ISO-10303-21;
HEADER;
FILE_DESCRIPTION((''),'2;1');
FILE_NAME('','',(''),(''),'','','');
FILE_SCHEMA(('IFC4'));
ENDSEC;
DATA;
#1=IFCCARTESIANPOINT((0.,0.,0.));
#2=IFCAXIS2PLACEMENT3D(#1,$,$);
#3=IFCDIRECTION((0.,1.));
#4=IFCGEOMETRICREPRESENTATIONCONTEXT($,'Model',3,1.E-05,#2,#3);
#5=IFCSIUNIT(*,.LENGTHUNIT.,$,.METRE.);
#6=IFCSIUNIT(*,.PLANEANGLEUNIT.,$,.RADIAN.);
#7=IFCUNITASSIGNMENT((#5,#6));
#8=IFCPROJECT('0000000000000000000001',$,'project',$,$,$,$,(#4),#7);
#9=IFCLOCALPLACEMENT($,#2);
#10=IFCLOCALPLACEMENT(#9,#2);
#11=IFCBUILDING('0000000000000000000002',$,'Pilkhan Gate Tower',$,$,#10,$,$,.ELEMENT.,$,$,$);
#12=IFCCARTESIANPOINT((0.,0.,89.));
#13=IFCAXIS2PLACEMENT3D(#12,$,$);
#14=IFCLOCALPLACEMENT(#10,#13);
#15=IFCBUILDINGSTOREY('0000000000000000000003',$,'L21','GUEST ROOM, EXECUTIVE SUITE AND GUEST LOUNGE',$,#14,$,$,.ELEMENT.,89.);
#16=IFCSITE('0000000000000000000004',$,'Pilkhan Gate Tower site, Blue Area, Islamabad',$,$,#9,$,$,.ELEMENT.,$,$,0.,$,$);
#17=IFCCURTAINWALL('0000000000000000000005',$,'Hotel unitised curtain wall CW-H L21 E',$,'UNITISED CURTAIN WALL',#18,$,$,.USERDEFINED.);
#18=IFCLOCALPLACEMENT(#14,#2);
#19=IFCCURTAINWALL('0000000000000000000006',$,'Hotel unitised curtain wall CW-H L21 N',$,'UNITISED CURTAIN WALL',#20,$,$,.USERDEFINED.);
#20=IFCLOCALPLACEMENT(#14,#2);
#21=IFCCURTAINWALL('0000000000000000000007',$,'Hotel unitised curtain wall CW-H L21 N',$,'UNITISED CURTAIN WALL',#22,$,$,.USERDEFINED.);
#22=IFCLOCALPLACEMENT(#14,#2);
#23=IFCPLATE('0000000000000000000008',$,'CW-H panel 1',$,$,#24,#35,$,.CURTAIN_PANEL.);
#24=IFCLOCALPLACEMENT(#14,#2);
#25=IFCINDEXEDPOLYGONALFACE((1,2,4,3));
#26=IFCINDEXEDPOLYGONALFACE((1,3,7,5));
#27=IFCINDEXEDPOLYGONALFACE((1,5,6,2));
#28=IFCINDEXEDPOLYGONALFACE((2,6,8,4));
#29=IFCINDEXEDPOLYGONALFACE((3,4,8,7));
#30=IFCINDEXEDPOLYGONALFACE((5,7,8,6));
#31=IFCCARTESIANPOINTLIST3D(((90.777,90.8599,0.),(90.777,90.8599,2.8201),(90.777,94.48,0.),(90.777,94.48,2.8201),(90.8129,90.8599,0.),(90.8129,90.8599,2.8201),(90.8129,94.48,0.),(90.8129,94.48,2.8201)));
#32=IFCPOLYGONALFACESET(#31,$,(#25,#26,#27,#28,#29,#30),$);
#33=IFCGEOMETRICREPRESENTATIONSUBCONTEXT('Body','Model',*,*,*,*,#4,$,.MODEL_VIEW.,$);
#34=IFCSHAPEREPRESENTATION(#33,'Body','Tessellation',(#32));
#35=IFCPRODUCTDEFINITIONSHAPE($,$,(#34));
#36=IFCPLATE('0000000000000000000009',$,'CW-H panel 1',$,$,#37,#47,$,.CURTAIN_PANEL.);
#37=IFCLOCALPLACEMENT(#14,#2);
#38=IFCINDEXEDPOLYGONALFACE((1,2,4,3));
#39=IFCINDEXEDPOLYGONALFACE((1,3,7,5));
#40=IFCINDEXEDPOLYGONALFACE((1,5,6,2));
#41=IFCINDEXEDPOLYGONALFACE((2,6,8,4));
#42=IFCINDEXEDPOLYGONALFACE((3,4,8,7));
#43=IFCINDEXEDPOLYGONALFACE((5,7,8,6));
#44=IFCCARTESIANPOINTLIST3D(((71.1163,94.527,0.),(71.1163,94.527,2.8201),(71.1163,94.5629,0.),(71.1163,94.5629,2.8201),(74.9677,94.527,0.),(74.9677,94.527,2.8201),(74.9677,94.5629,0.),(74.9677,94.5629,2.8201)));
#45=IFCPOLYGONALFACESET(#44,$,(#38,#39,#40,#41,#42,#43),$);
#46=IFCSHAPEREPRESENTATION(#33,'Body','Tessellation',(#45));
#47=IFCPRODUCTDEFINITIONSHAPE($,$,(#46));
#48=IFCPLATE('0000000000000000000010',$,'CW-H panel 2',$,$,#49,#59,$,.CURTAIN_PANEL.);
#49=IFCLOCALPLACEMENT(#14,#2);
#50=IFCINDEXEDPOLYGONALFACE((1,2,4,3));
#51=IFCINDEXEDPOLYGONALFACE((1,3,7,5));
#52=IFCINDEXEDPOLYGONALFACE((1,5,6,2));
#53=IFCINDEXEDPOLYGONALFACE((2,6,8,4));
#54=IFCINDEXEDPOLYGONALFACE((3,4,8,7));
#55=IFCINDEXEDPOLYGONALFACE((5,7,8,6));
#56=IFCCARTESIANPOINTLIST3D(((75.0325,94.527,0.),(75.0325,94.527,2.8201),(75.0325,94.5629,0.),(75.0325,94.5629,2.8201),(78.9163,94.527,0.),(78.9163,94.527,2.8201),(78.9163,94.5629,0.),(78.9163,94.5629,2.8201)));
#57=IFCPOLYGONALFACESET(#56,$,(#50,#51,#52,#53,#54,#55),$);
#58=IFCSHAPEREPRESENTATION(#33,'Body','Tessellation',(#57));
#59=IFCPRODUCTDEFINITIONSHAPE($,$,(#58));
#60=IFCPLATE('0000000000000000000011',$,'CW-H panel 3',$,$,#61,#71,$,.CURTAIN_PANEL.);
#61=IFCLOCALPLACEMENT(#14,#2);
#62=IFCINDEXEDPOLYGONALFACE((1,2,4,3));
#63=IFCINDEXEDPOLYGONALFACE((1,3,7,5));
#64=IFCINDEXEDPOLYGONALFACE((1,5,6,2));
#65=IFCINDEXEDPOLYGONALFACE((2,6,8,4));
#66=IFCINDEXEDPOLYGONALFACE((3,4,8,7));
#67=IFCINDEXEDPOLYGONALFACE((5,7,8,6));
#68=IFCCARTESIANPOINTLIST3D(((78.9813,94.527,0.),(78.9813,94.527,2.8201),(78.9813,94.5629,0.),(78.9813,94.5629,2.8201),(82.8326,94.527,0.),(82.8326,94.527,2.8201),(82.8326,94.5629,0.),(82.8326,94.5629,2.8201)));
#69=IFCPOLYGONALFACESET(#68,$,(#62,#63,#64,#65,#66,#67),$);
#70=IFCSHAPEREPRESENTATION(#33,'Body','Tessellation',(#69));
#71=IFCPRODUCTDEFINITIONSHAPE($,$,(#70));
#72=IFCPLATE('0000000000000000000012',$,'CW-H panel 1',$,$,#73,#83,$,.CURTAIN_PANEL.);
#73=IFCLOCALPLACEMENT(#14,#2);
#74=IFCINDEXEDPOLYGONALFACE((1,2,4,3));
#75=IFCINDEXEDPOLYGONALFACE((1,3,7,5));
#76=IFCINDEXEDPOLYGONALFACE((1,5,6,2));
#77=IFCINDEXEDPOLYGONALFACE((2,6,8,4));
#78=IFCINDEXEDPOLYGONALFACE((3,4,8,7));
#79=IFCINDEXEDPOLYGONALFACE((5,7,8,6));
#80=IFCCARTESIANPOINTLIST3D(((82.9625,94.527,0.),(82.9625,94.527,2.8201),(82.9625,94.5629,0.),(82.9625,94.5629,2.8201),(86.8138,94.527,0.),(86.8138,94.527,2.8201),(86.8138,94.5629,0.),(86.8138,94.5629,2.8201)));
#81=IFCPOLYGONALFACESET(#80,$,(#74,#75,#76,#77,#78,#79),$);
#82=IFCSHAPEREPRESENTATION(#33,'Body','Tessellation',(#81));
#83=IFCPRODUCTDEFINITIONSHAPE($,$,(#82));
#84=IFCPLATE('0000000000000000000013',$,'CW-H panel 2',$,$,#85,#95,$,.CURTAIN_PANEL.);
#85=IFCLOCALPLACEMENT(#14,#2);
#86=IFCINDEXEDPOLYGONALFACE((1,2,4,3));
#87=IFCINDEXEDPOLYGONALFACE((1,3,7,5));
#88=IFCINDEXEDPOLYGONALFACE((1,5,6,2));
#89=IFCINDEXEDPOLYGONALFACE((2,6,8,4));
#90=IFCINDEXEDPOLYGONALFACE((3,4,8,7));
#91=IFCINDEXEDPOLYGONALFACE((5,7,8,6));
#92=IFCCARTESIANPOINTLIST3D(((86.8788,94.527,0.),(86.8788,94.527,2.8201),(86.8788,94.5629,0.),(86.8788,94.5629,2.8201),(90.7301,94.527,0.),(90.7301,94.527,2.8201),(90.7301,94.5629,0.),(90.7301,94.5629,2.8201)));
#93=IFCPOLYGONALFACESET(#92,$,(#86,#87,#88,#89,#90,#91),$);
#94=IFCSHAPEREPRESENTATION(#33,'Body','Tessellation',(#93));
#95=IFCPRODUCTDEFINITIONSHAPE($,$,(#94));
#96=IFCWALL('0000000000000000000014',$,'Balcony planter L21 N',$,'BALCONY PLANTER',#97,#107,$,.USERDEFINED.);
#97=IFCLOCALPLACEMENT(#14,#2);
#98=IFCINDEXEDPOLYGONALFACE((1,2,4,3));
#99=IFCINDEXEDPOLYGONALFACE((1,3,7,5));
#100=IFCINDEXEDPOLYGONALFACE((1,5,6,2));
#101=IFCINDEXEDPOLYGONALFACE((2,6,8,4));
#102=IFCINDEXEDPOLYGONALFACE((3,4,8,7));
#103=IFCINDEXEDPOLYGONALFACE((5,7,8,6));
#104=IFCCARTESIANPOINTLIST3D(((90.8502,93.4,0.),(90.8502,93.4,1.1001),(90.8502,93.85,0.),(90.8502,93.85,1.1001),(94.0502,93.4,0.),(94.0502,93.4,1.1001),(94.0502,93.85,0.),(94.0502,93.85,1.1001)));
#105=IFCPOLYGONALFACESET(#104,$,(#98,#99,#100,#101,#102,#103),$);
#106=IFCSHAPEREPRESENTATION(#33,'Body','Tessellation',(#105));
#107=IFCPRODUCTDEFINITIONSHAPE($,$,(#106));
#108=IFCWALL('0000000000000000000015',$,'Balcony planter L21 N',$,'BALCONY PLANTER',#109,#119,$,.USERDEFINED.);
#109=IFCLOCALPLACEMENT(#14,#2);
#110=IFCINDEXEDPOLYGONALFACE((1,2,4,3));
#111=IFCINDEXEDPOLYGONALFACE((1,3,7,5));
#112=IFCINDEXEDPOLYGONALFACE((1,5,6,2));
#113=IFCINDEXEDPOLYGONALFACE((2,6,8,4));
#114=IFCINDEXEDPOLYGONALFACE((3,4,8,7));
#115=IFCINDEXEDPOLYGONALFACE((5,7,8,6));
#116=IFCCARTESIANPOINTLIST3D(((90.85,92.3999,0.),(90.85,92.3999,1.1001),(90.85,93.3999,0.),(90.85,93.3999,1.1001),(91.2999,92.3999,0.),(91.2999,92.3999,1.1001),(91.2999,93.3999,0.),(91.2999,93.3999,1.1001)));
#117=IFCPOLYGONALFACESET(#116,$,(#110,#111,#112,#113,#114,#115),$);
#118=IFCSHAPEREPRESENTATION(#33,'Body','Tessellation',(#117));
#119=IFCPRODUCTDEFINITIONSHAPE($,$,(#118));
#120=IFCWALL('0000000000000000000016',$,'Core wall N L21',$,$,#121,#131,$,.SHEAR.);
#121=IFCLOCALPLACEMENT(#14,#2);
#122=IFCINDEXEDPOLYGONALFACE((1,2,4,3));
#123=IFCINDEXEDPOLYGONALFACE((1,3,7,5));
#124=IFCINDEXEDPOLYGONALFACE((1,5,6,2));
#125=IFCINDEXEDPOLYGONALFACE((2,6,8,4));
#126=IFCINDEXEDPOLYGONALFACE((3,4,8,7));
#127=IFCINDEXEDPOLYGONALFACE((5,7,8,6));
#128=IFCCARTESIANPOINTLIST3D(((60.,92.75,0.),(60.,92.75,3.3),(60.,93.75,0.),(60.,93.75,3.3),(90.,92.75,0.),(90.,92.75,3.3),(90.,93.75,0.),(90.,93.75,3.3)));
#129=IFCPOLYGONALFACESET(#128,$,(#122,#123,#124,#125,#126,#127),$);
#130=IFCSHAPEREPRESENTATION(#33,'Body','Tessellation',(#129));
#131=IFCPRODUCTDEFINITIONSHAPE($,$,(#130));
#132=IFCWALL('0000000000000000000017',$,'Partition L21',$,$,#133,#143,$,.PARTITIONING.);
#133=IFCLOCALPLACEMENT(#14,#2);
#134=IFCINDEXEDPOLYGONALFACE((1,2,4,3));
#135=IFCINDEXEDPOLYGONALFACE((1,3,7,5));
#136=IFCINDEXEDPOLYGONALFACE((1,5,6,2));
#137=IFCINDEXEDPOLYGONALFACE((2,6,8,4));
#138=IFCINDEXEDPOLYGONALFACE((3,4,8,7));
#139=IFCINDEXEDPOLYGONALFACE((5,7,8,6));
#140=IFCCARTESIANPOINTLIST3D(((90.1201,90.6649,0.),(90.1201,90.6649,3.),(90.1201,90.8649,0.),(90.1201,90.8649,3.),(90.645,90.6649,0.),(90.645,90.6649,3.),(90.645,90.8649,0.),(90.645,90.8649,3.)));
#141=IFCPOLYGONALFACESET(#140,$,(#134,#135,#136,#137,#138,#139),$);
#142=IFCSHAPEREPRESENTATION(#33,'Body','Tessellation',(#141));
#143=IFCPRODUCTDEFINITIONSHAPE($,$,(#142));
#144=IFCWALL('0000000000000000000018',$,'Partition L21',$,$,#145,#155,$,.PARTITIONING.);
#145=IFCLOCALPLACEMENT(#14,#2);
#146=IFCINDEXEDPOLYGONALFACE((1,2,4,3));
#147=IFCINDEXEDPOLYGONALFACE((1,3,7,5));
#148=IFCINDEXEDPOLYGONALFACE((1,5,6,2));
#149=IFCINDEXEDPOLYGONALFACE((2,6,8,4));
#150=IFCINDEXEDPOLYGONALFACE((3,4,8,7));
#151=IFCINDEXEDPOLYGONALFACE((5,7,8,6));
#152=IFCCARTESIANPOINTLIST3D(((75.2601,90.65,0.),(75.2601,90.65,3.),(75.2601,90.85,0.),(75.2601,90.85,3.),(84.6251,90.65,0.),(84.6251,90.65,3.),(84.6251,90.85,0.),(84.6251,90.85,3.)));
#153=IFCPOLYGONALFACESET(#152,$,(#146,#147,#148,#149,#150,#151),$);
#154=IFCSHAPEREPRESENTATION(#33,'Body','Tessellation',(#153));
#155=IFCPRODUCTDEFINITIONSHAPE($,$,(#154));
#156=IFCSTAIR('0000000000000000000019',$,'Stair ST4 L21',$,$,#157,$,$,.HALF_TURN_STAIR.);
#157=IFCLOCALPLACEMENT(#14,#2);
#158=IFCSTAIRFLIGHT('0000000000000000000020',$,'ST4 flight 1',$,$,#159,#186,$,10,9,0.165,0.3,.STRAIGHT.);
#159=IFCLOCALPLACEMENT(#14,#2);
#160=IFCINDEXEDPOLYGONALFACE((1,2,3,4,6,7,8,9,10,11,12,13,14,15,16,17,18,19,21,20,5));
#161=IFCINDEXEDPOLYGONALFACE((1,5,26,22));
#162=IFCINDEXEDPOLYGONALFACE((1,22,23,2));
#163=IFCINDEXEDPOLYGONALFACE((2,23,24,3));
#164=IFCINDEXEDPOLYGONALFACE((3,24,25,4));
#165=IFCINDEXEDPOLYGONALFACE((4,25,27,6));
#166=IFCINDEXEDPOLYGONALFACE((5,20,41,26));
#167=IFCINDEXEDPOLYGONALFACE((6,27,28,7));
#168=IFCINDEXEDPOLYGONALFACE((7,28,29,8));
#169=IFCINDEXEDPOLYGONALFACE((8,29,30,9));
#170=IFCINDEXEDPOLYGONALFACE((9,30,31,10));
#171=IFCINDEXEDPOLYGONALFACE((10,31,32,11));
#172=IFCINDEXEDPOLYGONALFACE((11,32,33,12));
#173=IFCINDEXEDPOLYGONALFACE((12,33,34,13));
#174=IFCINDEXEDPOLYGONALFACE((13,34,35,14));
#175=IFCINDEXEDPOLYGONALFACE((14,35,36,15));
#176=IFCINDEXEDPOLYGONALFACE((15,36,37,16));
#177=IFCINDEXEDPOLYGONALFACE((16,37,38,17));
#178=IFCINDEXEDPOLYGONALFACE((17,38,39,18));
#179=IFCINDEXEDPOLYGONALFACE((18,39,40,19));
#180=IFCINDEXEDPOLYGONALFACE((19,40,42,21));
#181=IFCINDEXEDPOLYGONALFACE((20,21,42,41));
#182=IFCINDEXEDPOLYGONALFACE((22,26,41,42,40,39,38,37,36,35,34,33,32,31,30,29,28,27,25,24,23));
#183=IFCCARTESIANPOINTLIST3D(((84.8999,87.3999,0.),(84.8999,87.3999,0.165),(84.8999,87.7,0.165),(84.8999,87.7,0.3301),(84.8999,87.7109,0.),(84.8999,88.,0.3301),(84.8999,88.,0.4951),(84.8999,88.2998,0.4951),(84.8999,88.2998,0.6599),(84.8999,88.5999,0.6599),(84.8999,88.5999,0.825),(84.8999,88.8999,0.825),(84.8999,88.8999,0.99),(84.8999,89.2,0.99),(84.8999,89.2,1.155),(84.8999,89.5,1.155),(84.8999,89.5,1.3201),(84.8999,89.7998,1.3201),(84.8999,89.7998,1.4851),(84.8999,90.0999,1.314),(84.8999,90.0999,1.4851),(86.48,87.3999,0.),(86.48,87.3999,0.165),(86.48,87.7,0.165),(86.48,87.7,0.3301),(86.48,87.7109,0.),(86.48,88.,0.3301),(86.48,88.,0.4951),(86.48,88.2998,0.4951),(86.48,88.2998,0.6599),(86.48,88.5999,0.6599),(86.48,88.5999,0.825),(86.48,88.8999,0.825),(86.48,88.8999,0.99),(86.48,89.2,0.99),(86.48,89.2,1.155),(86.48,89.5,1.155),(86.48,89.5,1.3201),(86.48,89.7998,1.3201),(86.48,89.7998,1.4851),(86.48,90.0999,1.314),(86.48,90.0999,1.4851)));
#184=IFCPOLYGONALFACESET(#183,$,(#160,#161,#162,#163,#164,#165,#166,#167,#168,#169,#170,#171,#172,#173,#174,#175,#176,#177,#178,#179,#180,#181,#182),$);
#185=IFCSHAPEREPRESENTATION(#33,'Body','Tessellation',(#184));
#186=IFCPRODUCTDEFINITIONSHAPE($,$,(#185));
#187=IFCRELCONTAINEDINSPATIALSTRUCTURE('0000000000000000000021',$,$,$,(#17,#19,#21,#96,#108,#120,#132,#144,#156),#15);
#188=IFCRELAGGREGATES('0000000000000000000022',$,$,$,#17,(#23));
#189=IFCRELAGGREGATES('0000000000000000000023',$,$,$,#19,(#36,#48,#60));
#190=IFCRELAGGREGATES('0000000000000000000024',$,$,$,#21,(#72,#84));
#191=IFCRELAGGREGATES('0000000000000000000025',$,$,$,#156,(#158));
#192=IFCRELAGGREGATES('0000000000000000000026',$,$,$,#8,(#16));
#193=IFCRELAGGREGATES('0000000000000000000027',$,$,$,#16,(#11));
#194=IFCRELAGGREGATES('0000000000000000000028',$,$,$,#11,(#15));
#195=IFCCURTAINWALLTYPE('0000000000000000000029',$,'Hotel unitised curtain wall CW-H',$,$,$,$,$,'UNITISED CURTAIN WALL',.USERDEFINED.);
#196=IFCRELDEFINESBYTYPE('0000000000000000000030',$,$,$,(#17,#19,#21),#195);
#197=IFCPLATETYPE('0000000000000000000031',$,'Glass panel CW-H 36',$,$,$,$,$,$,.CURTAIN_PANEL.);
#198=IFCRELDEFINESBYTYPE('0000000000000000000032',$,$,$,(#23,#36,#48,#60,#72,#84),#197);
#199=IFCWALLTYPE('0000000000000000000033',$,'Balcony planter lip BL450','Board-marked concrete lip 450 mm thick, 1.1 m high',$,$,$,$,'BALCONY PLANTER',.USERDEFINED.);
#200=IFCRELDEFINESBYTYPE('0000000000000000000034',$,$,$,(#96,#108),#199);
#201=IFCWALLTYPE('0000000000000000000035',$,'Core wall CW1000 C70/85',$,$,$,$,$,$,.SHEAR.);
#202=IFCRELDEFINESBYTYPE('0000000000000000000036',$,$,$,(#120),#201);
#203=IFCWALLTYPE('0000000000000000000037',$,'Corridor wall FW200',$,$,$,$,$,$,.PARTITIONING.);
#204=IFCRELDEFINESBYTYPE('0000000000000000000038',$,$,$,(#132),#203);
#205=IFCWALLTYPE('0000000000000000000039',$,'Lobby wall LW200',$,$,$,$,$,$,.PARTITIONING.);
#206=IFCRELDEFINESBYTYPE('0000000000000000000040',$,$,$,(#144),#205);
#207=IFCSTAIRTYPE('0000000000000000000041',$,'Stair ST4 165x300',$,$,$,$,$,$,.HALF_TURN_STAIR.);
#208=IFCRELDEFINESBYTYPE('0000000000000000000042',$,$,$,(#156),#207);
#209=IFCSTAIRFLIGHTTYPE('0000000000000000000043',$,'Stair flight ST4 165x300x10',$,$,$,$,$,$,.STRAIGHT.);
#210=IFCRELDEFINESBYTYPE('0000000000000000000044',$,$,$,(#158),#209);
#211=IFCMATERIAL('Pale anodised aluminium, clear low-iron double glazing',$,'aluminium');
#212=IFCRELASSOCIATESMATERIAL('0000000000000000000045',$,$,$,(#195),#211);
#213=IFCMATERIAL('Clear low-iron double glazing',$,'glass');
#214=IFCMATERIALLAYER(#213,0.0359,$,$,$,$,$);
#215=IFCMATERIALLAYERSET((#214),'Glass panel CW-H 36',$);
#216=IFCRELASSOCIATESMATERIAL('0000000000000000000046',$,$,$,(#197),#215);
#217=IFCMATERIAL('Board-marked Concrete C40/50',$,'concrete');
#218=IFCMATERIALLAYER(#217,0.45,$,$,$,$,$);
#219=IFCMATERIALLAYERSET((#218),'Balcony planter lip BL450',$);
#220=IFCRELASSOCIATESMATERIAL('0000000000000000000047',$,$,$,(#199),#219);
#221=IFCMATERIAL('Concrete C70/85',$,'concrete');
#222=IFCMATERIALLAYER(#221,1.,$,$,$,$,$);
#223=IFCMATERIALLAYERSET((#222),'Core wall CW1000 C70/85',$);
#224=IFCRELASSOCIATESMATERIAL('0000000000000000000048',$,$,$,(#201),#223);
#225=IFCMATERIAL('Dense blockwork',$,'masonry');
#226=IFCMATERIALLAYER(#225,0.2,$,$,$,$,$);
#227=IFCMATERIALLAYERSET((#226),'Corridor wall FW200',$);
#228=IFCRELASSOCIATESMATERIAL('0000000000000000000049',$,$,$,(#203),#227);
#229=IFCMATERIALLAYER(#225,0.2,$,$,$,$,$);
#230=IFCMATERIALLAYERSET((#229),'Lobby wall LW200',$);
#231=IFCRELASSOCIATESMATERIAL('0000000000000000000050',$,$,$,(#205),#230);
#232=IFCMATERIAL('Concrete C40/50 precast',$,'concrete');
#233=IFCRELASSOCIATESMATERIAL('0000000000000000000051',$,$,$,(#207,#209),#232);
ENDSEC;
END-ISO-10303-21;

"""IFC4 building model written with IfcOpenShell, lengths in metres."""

from ifc_helpers import new_model, si_unit, direction, frame, frame_2d, origin, origin_2d, place, context, subcontext, project, spatial, polyline, rectangle, outline, extrude, material, layer, layer_set, type_object, element, aggregate, save


model = new_model("IFC4")

# Units and contexts
model_context = context("Model", 3, precision=1e-05, world=origin(), true_north=direction((0.0, 1.0)))
body_context = subcontext(model_context, "Body", "Model", "MODEL_VIEW")
ifc_project = project(units=[si_unit("LENGTHUNIT", "METRE"), si_unit("PLANEANGLEUNIT", "RADIAN")], contexts=[model_context])

# Site, building, storey
site_placement = place(None, origin())
site = spatial("IfcSite", under=ifc_project, at=site_placement, Name="Pilkhan Gate Tower site, Blue Area, Islamabad", CompositionType="ELEMENT", RefElevation=0.0)
building_placement = place(site_placement, origin())
building = spatial("IfcBuilding", under=site, at=building_placement, Name="Pilkhan Gate Tower", CompositionType="ELEMENT")
storey_placement = place(building_placement, frame((0.0, 0.0, 89.0)))
storey = spatial("IfcBuildingStorey", under=building, at=storey_placement, Name="L21", Description="GUEST ROOM, EXECUTIVE SUITE AND GUEST LOUNGE", CompositionType="ELEMENT", Elevation=89.0)

# Curtain walls
ifc_material_1 = material(Name="Pale anodised aluminium, clear low-iron double glazing", Category="aluminium")
curtain_wall_type = type_object("IfcCurtainWallType", Name="Hotel unitised curtain wall CW-H", ElementType="UNITISED CURTAIN WALL", PredefinedType="USERDEFINED", material=ifc_material_1)
curtain_wall_1_placement = place(storey_placement, origin())
curtain_wall_1 = element("IfcCurtainWall", 1, at=curtain_wall_1_placement, inside=storey, type_object=curtain_wall_type, Name="Hotel unitised curtain wall CW-H L21 E", ObjectType="UNITISED CURTAIN WALL", PredefinedType="USERDEFINED")
curtain_wall_2_placement = place(storey_placement, origin())
curtain_wall_2 = element("IfcCurtainWall", 2, at=curtain_wall_2_placement, inside=storey, type_object=curtain_wall_type, Name="Hotel unitised curtain wall CW-H L21 N", ObjectType="UNITISED CURTAIN WALL", PredefinedType="USERDEFINED")
curtain_wall_3_placement = place(storey_placement, origin())
curtain_wall_3 = element("IfcCurtainWall", 3, at=curtain_wall_3_placement, inside=storey, type_object=curtain_wall_type, Name="Hotel unitised curtain wall CW-H L21 N", ObjectType="UNITISED CURTAIN WALL", PredefinedType="USERDEFINED")

# Plates
ifc_material_2 = material(Name="Clear low-iron double glazing", Category="glass")
ifc_layer_1 = layer(ifc_material_2, 0.0359)
ifc_layer_set_1 = layer_set([ifc_layer_1], Name="Glass panel CW-H 36")
plate_type = type_object("IfcPlateType", Name="Glass panel CW-H 36", PredefinedType="CURTAIN_PANEL", material=ifc_layer_set_1)
plate_1_placement = place(storey_placement, frame((90.7949, 92.6699, 0.0), z_axis=(0.0, 0.0, 1.0), x_axis=(0.0, 1.0, 0.0)))
plate_1 = element("IfcPlate", 4, at=plate_1_placement, type_object=plate_type, Name="CW-H panel 1", PredefinedType="CURTAIN_PANEL", context=body_context, shape_type="SweptSolid", body=[
    extrude(rectangle(XDim=3.6201, YDim=0.0359, at=origin_2d()), origin(), (0.0, 0.0, 1.0), 2.8201),
])
aggregate(curtain_wall_1, [plate_1])
plate_2_placement = place(storey_placement, frame((73.042, 94.5449, 0.0), z_axis=(0.0, 0.0, 1.0), x_axis=(1.0, 0.0, 0.0)))
plate_2 = element("IfcPlate", 5, at=plate_2_placement, type_object=plate_type, Name="CW-H panel 1", PredefinedType="CURTAIN_PANEL", context=body_context, shape_type="SweptSolid", body=[
    extrude(rectangle(XDim=3.8513, YDim=0.0359, at=origin_2d()), origin(), (0.0, 0.0, 1.0), 2.8201),
])
plate_3_placement = place(storey_placement, frame((76.9744, 94.5449, 0.0), z_axis=(0.0, 0.0, 1.0), x_axis=(1.0, 0.0, 0.0)))
plate_3 = element("IfcPlate", 6, at=plate_3_placement, type_object=plate_type, Name="CW-H panel 2", PredefinedType="CURTAIN_PANEL", context=body_context, shape_type="SweptSolid", body=[
    extrude(rectangle(XDim=3.8838, YDim=0.0359, at=origin_2d()), origin(), (0.0, 0.0, 1.0), 2.8201),
])
plate_4_placement = place(storey_placement, frame((80.907, 94.5449, 0.0), z_axis=(0.0, 0.0, 1.0), x_axis=(1.0, 0.0, 0.0)))
plate_4 = element("IfcPlate", 7, at=plate_4_placement, type_object=plate_type, Name="CW-H panel 3", PredefinedType="CURTAIN_PANEL", context=body_context, shape_type="SweptSolid", body=[
    extrude(rectangle(XDim=3.8513, YDim=0.0359, at=origin_2d()), origin(), (0.0, 0.0, 1.0), 2.8201),
])
aggregate(curtain_wall_2, [plate_2, plate_3, plate_4])
plate_5_placement = place(storey_placement, frame((84.8882, 94.5449, 0.0), z_axis=(0.0, 0.0, 1.0), x_axis=(1.0, 0.0, 0.0)))
plate_5 = element("IfcPlate", 8, at=plate_5_placement, type_object=plate_type, Name="CW-H panel 1", PredefinedType="CURTAIN_PANEL", context=body_context, shape_type="SweptSolid", body=[
    extrude(rectangle(XDim=3.8513, YDim=0.0359, at=origin_2d()), origin(), (0.0, 0.0, 1.0), 2.8201),
])
plate_6_placement = place(storey_placement, frame((88.8044, 94.5449, 0.0), z_axis=(0.0, 0.0, 1.0), x_axis=(1.0, 0.0, 0.0)))
plate_6 = element("IfcPlate", 9, at=plate_6_placement, type_object=plate_type, Name="CW-H panel 2", PredefinedType="CURTAIN_PANEL", context=body_context, shape_type="SweptSolid", body=[
    extrude(rectangle(XDim=3.8513, YDim=0.0359, at=origin_2d()), origin(), (0.0, 0.0, 1.0), 2.8201),
])
aggregate(curtain_wall_3, [plate_5, plate_6])

# Walls
ifc_material_3 = material(Name="Board-marked Concrete C40/50", Category="concrete")
ifc_layer_2 = layer(ifc_material_3, 0.45)
ifc_layer_set_2 = layer_set([ifc_layer_2], Name="Balcony planter lip BL450")
wall_type_1 = type_object("IfcWallType", Name="Balcony planter lip BL450", Description="Board-marked concrete lip 450 mm thick, 1.1 m high", ElementType="BALCONY PLANTER", PredefinedType="USERDEFINED", material=ifc_layer_set_2)
wall_1_placement = place(storey_placement, frame((90.8501, 93.625, 0.0), z_axis=(0.0, 0.0, 1.0), x_axis=(1.0, 0.0, 0.0)))
element("IfcWall", 10, at=wall_1_placement, inside=storey, type_object=wall_type_1, Name="Balcony planter L21 N", ObjectType="BALCONY PLANTER", PredefinedType="USERDEFINED", context=body_context, shape_type="SweptSolid", body=[
    extrude(rectangle(XDim=3.2, YDim=0.45, at=frame_2d((1.6001, 0.0))), origin(), (0.0, 0.0, 1.0), 1.1001),
])
wall_2_placement = place(storey_placement, frame((91.075, 92.3999, 0.0), z_axis=(0.0, 0.0, 1.0), x_axis=(0.0, 1.0, 0.0)))
element("IfcWall", 11, at=wall_2_placement, inside=storey, type_object=wall_type_1, Name="Balcony planter L21 N", ObjectType="BALCONY PLANTER", PredefinedType="USERDEFINED", context=body_context, shape_type="SweptSolid", body=[
    extrude(rectangle(XDim=1.0, YDim=0.45, at=frame_2d((0.5, 0.0))), origin(), (0.0, 0.0, 1.0), 1.1001),
])
ifc_material_4 = material(Name="Concrete C70/85", Category="concrete")
ifc_layer_3 = layer(ifc_material_4, 1.0)
ifc_layer_set_3 = layer_set([ifc_layer_3], Name="Core wall CW1000 C70/85")
wall_type_2 = type_object("IfcWallType", Name="Core wall CW1000 C70/85", PredefinedType="SHEAR", material=ifc_layer_set_3)
wall_3_placement = place(storey_placement, frame((90.0, 93.25, 0.0), z_axis=(0.0, 0.0, 1.0), x_axis=(-1.0, 0.0, 0.0)))
element("IfcWall", 12, at=wall_3_placement, inside=storey, type_object=wall_type_2, Name="Core wall N L21", PredefinedType="SHEAR", context=body_context, shape_type="SweptSolid", body=[
    extrude(rectangle(XDim=30.0, YDim=1.0, at=frame_2d((15.0, 0.0))), origin(), (0.0, 0.0, 1.0), 3.3),
])
ifc_material_5 = material(Name="Dense blockwork", Category="masonry")
ifc_layer_4 = layer(ifc_material_5, 0.2)
ifc_layer_set_4 = layer_set([ifc_layer_4], Name="Corridor wall FW200")
wall_type_3 = type_object("IfcWallType", Name="Corridor wall FW200", PredefinedType="PARTITIONING", material=ifc_layer_set_4)
wall_4_placement = place(storey_placement, frame((90.1201, 90.7649, 0.0), z_axis=(0.0, 0.0, 1.0), x_axis=(1.0, 0.0, 0.0)))
element("IfcWall", 13, at=wall_4_placement, inside=storey, type_object=wall_type_3, Name="Partition L21", PredefinedType="PARTITIONING", context=body_context, shape_type="SweptSolid", body=[
    extrude(rectangle(XDim=0.5249, YDim=0.2, at=frame_2d((0.2625, 0.0))), origin(), (0.0, 0.0, 1.0), 3.0),
])

# Wall
ifc_layer_5 = layer(ifc_material_5, 0.2)
ifc_layer_set_5 = layer_set([ifc_layer_5], Name="Lobby wall LW200")
wall_type_4 = type_object("IfcWallType", Name="Lobby wall LW200", PredefinedType="PARTITIONING", material=ifc_layer_set_5)
wall_5_placement = place(storey_placement, frame((75.26, 90.75, 0.0), z_axis=(0.0, 0.0, 1.0), x_axis=(1.0, 0.0, 0.0)))
element("IfcWall", 14, at=wall_5_placement, inside=storey, type_object=wall_type_4, Name="Partition L21", PredefinedType="PARTITIONING", context=body_context, shape_type="SweptSolid", body=[
    extrude(rectangle(XDim=9.365, YDim=0.2, at=frame_2d((4.6826, 0.0))), origin(), (0.0, 0.0, 1.0), 3.0),
])

# Stair, stair flight
ifc_material_6 = material(Name="Concrete C40/50 precast", Category="concrete")
stair_type = type_object("IfcStairType", Name="Stair ST4 165x300", PredefinedType="HALF_TURN_STAIR", material=ifc_material_6)
stair_placement = place(storey_placement, origin())
stair = element("IfcStair", 15, at=stair_placement, inside=storey, type_object=stair_type, Name="Stair ST4 L21", PredefinedType="HALF_TURN_STAIR")
stair_flight_type = type_object("IfcStairFlightType", Name="Stair flight ST4 165x300x10", PredefinedType="STRAIGHT", material=ifc_material_6)
stair_flight_1_placement = place(storey_placement, frame((85.6899, 87.3999, 0.0), z_axis=(0.0, 0.0, 1.0), x_axis=(0.0, 1.0, 0.0)))
stair_flight_1 = element("IfcStairFlight", 16, at=stair_flight_1_placement, type_object=stair_flight_type, Name="ST4 flight 1", NumberOfRisers=10, NumberOfTreads=9, PredefinedType="STRAIGHT", RiserHeight=0.165, TreadLength=0.3, context=body_context, shape_type="SweptSolid", body=[
    extrude(outline(polyline([(0.0, 0.0), (0.0, 0.165), (0.3, 0.165), (0.3, 0.3301), (0.6001, 0.3301), (0.6001, 0.4951), (0.8999, 0.4951), (0.8999, 0.6599), (1.2, 0.6599), (1.2, 0.825), (1.5, 0.825), (1.5, 0.99), (1.8, 0.99), (1.8, 1.155), (2.1001, 1.155), (2.1001, 1.3201), (2.3999, 1.3201), (2.3999, 1.4851), (2.7, 1.4851), (2.7, 1.6499), (2.7, 1.314), (0.311, 0.0), (0.0, 0.0)])), frame((0.0, 0.79, 0.0), z_axis=(0.0, -1.0, 0.0), x_axis=(1.0, 0.0, 0.0)), (0.0, 0.0, 1.0), 1.5801),
])
aggregate(stair, [stair_flight_1])

save(model, "model.ifc")
